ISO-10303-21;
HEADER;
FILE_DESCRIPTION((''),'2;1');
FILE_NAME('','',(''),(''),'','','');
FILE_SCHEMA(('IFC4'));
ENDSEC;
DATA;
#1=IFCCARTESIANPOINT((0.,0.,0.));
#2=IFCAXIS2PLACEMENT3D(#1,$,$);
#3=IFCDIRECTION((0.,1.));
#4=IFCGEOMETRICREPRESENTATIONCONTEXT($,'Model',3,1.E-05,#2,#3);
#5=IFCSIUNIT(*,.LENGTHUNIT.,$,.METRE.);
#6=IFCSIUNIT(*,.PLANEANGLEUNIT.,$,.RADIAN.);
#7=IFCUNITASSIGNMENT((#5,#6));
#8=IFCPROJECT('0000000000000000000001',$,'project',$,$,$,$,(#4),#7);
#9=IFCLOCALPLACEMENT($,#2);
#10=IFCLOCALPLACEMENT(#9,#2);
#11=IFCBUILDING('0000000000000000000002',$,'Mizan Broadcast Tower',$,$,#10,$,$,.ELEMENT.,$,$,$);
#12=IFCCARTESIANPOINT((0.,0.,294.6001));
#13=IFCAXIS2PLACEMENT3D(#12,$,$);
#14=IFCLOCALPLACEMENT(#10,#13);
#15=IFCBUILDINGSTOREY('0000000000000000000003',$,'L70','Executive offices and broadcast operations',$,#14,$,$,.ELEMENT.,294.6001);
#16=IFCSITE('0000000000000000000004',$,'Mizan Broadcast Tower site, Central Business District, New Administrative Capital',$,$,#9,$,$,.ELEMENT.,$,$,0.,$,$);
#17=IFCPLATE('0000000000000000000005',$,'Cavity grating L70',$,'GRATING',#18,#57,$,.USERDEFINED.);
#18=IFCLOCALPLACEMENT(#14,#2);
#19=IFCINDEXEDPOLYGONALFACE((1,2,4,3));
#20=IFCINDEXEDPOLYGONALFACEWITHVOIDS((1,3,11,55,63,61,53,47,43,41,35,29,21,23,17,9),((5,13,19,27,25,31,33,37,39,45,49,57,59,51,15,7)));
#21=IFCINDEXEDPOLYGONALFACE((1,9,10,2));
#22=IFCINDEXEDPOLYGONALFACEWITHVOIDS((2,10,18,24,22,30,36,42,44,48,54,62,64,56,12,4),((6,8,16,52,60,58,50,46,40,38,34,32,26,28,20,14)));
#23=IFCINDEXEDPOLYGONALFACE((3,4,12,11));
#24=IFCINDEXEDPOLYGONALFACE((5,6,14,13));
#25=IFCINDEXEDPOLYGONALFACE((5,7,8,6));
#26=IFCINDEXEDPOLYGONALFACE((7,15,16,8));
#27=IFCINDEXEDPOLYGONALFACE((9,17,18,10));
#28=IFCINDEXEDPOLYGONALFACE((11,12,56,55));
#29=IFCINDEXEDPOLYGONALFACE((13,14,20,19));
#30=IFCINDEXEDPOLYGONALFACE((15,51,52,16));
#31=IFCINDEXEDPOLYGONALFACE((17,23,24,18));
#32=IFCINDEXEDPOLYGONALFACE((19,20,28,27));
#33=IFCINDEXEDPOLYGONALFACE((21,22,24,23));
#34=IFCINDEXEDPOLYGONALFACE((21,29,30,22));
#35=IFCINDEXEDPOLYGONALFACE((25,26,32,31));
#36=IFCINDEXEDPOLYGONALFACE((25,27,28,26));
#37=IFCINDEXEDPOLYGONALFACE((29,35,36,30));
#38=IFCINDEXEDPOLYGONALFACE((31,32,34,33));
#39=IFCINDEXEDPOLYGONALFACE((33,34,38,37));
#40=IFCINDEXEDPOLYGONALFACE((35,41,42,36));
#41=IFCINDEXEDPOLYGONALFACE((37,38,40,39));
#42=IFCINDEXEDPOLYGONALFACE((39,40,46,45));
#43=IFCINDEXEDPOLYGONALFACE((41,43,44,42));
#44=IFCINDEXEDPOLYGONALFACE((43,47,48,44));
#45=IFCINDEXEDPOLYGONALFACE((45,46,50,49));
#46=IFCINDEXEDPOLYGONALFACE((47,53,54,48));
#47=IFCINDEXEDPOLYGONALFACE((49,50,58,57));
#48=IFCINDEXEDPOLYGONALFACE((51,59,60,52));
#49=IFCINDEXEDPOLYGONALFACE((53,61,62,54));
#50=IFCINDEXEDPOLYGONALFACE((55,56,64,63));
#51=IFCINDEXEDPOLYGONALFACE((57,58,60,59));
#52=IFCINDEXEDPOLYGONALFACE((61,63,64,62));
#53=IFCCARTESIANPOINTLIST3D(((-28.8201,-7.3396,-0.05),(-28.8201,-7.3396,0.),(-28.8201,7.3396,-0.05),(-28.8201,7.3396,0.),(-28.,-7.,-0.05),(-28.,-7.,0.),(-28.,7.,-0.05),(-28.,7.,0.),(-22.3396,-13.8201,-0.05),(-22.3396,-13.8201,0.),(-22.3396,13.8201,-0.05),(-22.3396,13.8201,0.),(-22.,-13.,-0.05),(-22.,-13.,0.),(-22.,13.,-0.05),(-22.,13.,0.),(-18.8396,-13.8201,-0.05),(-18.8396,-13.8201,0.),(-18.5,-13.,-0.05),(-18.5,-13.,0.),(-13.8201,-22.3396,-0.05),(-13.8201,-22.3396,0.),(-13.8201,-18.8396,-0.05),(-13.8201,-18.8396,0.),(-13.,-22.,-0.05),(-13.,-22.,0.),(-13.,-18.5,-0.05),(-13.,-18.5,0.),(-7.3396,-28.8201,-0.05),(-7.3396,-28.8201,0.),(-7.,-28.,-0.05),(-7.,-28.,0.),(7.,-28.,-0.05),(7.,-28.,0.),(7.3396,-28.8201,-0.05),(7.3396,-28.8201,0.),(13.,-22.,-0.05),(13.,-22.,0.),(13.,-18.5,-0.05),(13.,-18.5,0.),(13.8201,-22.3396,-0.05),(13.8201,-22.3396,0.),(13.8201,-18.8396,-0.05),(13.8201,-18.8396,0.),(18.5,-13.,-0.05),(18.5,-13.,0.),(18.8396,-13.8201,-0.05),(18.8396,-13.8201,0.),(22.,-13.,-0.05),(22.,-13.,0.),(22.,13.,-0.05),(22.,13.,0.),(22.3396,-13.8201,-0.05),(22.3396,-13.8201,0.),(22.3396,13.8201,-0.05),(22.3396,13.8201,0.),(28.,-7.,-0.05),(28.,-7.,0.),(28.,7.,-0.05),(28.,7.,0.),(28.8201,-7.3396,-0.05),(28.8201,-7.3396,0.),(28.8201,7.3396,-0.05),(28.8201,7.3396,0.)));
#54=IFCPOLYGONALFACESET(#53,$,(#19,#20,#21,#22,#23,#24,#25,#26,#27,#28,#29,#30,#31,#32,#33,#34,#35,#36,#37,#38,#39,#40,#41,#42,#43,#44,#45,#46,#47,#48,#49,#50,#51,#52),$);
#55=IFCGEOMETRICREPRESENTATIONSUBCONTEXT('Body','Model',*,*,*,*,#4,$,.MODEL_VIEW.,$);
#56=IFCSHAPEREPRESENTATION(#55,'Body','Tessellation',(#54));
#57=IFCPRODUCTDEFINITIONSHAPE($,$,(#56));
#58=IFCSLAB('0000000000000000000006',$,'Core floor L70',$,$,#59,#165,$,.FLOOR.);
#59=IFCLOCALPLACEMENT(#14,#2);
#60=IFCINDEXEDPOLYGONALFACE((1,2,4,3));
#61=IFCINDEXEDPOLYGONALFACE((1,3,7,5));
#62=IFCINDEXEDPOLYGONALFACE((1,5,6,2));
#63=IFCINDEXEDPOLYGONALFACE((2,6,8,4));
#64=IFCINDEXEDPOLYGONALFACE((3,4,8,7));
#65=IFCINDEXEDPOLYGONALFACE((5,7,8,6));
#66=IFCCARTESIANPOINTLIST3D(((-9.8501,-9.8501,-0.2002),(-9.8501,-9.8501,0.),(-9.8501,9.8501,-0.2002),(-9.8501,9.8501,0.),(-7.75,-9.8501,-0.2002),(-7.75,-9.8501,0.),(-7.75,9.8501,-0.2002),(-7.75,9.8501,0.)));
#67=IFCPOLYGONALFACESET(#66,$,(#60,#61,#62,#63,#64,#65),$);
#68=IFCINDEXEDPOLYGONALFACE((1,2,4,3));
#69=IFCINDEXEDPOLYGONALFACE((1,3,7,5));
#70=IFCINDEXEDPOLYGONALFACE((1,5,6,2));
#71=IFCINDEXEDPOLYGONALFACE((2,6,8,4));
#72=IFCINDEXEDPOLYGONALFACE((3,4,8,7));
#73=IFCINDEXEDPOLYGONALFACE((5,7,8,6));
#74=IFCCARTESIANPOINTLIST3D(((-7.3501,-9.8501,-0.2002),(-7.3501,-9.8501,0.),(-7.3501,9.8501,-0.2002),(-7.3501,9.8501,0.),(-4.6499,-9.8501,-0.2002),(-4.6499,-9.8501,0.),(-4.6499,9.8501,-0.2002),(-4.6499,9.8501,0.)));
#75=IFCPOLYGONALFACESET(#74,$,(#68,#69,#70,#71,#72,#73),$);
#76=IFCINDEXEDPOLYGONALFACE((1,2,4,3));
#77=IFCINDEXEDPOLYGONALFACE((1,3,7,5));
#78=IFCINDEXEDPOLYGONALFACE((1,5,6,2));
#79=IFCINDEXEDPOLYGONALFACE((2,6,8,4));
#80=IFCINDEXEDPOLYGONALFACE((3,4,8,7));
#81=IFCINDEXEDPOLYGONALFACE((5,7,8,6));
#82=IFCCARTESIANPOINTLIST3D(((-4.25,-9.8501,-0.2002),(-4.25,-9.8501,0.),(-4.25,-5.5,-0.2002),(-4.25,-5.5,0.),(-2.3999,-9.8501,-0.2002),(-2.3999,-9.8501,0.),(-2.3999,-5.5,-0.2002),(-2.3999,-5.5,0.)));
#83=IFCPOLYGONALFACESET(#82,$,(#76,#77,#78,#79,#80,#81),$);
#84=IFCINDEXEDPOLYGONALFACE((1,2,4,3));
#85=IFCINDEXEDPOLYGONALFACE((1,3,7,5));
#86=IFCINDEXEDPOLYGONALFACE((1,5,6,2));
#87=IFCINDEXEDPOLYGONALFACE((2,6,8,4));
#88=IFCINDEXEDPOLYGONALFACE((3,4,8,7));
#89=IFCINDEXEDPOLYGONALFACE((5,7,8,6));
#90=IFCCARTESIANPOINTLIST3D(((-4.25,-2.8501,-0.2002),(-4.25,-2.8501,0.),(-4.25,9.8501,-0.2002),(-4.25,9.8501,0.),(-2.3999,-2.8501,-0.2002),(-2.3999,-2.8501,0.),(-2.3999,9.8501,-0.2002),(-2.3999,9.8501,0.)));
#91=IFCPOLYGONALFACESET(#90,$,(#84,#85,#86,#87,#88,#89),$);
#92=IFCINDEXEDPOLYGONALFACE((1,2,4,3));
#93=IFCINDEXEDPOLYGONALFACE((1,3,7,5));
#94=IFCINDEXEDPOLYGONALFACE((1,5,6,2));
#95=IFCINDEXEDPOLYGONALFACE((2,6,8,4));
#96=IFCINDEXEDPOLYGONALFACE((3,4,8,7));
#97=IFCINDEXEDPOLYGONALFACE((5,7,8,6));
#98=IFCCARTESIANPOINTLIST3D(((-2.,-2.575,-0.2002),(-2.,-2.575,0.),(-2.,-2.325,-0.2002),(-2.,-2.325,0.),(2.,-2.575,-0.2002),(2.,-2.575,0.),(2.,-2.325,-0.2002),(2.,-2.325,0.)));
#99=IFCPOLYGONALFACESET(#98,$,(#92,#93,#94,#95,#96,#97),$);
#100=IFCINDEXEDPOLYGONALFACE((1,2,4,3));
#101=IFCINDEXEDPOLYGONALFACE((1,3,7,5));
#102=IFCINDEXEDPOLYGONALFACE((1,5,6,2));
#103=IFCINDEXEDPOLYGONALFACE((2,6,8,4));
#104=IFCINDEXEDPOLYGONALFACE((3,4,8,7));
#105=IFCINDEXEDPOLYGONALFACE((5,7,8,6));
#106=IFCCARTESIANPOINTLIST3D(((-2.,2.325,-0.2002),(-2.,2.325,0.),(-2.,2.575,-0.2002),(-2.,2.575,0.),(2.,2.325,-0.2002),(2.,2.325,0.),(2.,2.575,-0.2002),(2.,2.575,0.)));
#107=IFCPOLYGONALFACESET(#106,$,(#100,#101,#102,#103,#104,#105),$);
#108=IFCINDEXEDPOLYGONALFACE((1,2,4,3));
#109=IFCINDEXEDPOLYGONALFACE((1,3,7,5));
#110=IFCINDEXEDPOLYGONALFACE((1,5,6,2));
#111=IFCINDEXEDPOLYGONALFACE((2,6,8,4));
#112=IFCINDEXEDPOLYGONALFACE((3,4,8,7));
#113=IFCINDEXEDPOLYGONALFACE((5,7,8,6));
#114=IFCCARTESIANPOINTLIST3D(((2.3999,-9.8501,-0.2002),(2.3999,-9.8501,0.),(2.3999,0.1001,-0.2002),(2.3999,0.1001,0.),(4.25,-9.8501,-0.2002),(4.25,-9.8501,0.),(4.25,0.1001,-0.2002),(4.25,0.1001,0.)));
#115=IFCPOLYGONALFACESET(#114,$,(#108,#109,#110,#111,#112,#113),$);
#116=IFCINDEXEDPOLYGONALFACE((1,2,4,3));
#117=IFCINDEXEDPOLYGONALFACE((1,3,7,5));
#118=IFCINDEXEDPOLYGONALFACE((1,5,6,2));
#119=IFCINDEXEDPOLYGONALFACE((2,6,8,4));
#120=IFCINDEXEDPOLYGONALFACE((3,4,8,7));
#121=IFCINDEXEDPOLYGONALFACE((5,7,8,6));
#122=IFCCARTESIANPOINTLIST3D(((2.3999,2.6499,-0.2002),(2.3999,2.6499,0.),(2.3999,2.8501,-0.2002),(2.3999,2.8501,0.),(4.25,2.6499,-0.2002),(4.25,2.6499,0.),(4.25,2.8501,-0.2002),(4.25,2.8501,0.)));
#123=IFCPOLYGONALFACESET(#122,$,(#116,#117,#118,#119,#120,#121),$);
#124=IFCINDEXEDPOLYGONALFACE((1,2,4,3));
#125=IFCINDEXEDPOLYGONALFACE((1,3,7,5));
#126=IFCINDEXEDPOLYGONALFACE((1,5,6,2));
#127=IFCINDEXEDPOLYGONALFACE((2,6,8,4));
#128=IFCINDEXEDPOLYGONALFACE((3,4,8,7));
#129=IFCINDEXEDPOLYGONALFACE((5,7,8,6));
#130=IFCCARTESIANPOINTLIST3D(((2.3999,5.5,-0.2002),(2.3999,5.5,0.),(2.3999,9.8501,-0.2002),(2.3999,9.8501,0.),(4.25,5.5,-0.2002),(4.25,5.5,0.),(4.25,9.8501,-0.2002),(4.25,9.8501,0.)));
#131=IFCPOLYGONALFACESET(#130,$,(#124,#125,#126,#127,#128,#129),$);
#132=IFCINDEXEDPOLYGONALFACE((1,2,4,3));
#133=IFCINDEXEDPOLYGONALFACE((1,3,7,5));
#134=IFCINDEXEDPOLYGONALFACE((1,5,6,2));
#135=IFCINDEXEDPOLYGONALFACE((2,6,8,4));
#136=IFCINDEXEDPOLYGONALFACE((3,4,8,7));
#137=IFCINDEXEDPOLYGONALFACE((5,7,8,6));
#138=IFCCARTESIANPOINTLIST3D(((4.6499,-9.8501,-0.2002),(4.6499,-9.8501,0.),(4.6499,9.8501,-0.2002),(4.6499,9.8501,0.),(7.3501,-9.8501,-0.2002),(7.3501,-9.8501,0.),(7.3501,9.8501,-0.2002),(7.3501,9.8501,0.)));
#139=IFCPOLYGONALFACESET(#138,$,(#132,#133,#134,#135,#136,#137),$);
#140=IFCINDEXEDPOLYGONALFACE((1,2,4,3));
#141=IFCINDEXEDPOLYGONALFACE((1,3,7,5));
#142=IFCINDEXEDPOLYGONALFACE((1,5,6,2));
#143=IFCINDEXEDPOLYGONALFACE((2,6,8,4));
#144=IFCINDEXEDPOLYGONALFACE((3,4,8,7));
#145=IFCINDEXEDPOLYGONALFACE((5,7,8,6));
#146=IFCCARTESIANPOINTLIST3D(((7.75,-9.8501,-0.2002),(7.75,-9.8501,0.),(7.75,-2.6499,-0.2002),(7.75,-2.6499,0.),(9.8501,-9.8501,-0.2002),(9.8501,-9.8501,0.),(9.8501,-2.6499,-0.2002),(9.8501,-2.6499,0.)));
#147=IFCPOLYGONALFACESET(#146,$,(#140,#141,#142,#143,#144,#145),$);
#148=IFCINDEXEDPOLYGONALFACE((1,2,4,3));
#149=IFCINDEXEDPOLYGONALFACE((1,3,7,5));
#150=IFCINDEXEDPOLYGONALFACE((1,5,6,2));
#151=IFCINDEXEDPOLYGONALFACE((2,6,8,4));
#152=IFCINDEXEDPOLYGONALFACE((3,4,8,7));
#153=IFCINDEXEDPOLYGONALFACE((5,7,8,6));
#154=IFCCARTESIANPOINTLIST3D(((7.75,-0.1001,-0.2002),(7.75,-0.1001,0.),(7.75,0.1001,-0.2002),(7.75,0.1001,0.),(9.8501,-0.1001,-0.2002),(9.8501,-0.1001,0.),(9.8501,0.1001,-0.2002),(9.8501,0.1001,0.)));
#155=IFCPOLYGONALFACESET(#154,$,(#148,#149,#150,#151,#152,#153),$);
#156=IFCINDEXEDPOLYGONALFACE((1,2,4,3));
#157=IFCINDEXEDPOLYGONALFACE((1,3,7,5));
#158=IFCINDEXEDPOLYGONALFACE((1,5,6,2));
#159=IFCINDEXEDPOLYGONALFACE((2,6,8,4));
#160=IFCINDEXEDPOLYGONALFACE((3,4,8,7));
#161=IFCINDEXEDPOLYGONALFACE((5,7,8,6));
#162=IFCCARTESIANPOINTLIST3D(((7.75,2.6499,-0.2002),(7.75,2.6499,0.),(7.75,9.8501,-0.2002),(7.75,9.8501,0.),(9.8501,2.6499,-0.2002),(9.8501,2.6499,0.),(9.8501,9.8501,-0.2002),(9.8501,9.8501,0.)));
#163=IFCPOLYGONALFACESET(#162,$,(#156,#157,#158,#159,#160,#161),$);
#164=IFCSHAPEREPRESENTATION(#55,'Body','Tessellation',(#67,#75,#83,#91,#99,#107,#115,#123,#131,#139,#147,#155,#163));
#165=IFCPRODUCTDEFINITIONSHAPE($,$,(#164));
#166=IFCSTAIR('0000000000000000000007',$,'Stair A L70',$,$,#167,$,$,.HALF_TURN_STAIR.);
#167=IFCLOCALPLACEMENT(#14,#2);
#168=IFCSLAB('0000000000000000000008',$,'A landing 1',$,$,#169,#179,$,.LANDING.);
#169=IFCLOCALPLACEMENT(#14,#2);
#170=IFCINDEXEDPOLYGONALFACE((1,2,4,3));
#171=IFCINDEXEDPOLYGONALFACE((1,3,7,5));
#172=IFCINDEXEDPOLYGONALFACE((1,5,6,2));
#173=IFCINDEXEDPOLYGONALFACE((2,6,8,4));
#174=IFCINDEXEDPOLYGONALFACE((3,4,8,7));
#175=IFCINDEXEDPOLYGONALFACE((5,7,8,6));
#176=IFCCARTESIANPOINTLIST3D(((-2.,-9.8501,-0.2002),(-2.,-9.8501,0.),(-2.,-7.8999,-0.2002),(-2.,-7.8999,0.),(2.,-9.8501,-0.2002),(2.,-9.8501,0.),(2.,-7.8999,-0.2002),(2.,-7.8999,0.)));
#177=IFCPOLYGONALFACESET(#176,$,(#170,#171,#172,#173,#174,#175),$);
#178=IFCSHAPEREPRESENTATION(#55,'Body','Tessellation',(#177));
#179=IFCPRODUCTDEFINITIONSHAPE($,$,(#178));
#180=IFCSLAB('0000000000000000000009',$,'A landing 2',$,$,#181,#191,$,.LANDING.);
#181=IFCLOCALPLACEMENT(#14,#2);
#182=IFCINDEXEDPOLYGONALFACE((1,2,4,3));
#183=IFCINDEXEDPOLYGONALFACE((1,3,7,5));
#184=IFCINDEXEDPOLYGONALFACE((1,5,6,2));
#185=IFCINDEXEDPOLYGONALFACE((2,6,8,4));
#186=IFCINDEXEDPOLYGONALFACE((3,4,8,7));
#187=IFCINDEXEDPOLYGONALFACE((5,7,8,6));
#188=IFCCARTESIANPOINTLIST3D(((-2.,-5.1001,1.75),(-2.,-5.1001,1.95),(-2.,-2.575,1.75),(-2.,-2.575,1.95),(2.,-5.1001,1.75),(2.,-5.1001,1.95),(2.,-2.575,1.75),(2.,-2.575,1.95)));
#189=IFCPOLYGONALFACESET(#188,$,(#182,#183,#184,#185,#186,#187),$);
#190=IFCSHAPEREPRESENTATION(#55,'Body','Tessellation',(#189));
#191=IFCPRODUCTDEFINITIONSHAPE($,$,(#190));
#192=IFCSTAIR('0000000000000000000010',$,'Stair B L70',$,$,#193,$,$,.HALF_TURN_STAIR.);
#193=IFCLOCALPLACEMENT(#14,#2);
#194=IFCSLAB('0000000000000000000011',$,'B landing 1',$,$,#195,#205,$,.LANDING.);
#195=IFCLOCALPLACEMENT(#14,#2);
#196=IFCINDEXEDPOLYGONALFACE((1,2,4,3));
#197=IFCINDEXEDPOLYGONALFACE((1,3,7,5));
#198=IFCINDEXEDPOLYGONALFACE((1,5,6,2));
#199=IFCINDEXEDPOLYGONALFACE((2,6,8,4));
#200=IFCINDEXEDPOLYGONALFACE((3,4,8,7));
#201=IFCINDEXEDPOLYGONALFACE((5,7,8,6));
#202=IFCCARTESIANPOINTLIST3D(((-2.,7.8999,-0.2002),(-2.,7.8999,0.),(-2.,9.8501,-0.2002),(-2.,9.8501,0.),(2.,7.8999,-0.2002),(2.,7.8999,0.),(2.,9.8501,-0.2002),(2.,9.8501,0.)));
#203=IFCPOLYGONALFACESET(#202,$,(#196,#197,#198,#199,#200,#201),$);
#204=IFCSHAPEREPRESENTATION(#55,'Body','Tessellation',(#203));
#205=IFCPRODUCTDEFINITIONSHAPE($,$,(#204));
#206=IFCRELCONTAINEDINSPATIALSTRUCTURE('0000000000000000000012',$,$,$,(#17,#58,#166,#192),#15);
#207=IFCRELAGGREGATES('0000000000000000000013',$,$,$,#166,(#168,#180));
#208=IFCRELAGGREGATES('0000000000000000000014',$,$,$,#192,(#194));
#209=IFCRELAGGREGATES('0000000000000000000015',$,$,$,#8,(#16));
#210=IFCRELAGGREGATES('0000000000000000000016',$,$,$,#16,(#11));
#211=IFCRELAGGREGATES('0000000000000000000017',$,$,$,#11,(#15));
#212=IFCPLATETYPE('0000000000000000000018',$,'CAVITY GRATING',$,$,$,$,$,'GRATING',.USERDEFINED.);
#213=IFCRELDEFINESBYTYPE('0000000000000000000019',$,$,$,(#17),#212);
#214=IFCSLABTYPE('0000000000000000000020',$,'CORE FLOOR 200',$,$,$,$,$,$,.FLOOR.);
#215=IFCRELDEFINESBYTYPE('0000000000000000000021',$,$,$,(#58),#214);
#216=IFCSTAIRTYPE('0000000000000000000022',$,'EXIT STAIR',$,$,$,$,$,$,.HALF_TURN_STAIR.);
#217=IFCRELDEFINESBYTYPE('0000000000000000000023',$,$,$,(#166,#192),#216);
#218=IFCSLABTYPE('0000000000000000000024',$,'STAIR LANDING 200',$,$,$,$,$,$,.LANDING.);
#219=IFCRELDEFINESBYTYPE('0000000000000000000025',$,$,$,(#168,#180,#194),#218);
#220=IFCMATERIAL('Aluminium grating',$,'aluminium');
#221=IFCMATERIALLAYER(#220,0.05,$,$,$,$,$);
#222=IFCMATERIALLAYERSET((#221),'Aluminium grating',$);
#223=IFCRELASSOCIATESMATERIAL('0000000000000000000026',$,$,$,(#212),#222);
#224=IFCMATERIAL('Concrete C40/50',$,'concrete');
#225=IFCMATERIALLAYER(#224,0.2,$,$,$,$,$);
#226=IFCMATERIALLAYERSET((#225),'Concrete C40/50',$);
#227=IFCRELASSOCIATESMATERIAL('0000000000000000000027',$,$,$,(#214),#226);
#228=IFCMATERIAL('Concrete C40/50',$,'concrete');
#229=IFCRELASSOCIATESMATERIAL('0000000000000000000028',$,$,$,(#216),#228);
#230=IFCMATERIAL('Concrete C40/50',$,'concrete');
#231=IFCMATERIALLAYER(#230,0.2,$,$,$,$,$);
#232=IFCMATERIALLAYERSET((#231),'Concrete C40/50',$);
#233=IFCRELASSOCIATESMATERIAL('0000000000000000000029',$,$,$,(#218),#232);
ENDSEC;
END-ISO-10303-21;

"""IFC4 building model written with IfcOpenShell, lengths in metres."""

from ifc_helpers import new_model, si_unit, direction, frame, origin, place, context, subcontext, project, spatial, polyline, outline, extrude, material, layer, layer_set, type_object, element, aggregate, save


model = new_model("IFC4")

# Units and contexts
model_context = context("Model", 3, precision=1e-05, world=origin(), true_north=direction((0.0, 1.0)))
body_context = subcontext(model_context, "Body", "Model", "MODEL_VIEW")
ifc_project = project(units=[si_unit("LENGTHUNIT", "METRE"), si_unit("PLANEANGLEUNIT", "RADIAN")], contexts=[model_context])

# Site, building, storey
site_placement = place(None, origin())
site = spatial("IfcSite", under=ifc_project, at=site_placement, Name="Mizan Broadcast Tower site, Central Business District, New Administrative Capital", CompositionType="ELEMENT", RefElevation=0.0)
building_placement = place(site_placement, origin())
building = spatial("IfcBuilding", under=site, at=building_placement, Name="Mizan Broadcast Tower", CompositionType="ELEMENT")
storey_placement = place(building_placement, frame((0.0, 0.0, 294.6001)))
storey = spatial("IfcBuildingStorey", under=building, at=storey_placement, Name="L70", Description="Executive offices and broadcast operations", CompositionType="ELEMENT", Elevation=294.6001)

# Plate
ifc_material_1 = material(Name="Aluminium grating", Category="aluminium")
ifc_layer_1 = layer(ifc_material_1, 0.05)
ifc_layer_set_1 = layer_set([ifc_layer_1], Name="Aluminium grating")
plate_type = type_object("IfcPlateType", Name="CAVITY GRATING", ElementType="GRATING", PredefinedType="USERDEFINED", material=ifc_layer_set_1)
plate_placement = place(storey_placement, frame((0.0, 0.0, -0.05)))
element("IfcPlate", 1, at=plate_placement, inside=storey, type_object=plate_type, Name="Cavity grating L70", ObjectType="GRATING", PredefinedType="USERDEFINED", context=body_context, shape_type="SweptSolid", body=[
    extrude(outline(polyline([(-22.3396, 13.8201), (-28.8201, 7.3396), (-28.8201, -7.3396), (-22.3396, -13.8201), (-18.8396, -13.8201), (-13.8201, -18.8396), (-13.8201, -22.3396), (-7.3396, -28.8201), (7.3396, -28.8201), (13.8201, -22.3396), (13.8201, -18.8396), (18.8396, -13.8201), (22.3396, -13.8201), (28.8201, -7.3396), (28.8201, 7.3396), (22.3396, 13.8201), (-22.3396, 13.8201)]), holes=[polyline([(-18.5, -13.0), (-22.0, -13.0), (-28.0, -7.0), (-28.0, 7.0), (-22.0, 13.0), (22.0, 13.0), (28.0, 7.0), (28.0, -7.0), (22.0, -13.0), (18.5, -13.0), (13.0, -18.5), (13.0, -22.0), (7.0, -28.0), (-7.0, -28.0), (-13.0, -22.0), (-13.0, -18.5), (-18.5, -13.0)])]), origin(), (0.0, 0.0, 1.0), 0.05),
])

# Slab
ifc_material_2 = material(Name="Concrete C40/50", Category="concrete")
ifc_layer_2 = layer(ifc_material_2, 0.2)
ifc_layer_set_2 = layer_set([ifc_layer_2], Name="Concrete C40/50")
slab_type_1 = type_object("IfcSlabType", Name="CORE FLOOR 200", PredefinedType="FLOOR", material=ifc_layer_set_2)
slab_1_placement = place(storey_placement, frame((0.0, 0.0, -0.2002)))
element("IfcSlab", 2, at=slab_1_placement, inside=storey, type_object=slab_type_1, Name="Core floor L70", PredefinedType="FLOOR", context=body_context, shape_type="SweptSolid", body=[
    extrude(outline(polyline([(-9.8501, -9.8501), (-7.75, -9.8501), (-7.75, 9.8501), (-9.8501, 9.8501), (-9.8501, -9.8501)])), origin(), (0.0, 0.0, 1.0), 0.2002),
    extrude(outline(polyline([(-4.6499, 9.8501), (-7.3501, 9.8501), (-7.3501, -9.8501), (-4.6499, -9.8501), (-4.6499, 9.8501)])), origin(), (0.0, 0.0, 1.0), 0.2002),
    extrude(outline(polyline([(-4.25, -5.5), (-4.25, -9.8501), (-2.3999, -9.8501), (-2.3999, -5.5), (-4.25, -5.5)])), origin(), (0.0, 0.0, 1.0), 0.2002),
    extrude(outline(polyline([(-4.25, -2.8501), (-2.3999, -2.8501), (-2.3999, 9.8501), (-4.25, 9.8501), (-4.25, -2.8501)])), origin(), (0.0, 0.0, 1.0), 0.2002),
    extrude(outline(polyline([(2.0, -2.325), (-2.0, -2.325), (-2.0, -2.575), (2.0, -2.575), (2.0, -2.325)])), origin(), (0.0, 0.0, 1.0), 0.2002),
    extrude(outline(polyline([(2.0, 2.575), (-2.0, 2.575), (-2.0, 2.325), (2.0, 2.325), (2.0, 2.575)])), origin(), (0.0, 0.0, 1.0), 0.2002),
    extrude(outline(polyline([(4.25, -9.8501), (4.25, 0.1001), (2.3999, 0.1001), (2.3999, -9.8501), (4.25, -9.8501)])), origin(), (0.0, 0.0, 1.0), 0.2002),
    extrude(outline(polyline([(4.25, 2.6499), (4.25, 2.8501), (2.3999, 2.8501), (2.3999, 2.6499), (4.25, 2.6499)])), origin(), (0.0, 0.0, 1.0), 0.2002),
    extrude(outline(polyline([(4.25, 5.5), (4.25, 9.8501), (2.3999, 9.8501), (2.3999, 5.5), (4.25, 5.5)])), origin(), (0.0, 0.0, 1.0), 0.2002),
    extrude(outline(polyline([(4.6499, 9.8501), (4.6499, -9.8501), (7.3501, -9.8501), (7.3501, 9.8501), (4.6499, 9.8501)])), origin(), (0.0, 0.0, 1.0), 0.2002),
    extrude(outline(polyline([(9.8501, -9.8501), (9.8501, -2.6499), (7.75, -2.6499), (7.75, -9.8501), (9.8501, -9.8501)])), origin(), (0.0, 0.0, 1.0), 0.2002),
    extrude(outline(polyline([(9.8501, -0.1001), (9.8501, 0.1001), (7.75, 0.1001), (7.75, -0.1001), (9.8501, -0.1001)])), origin(), (0.0, 0.0, 1.0), 0.2002),
    extrude(outline(polyline([(7.75, 9.8501), (7.75, 2.6499), (9.8501, 2.6499), (9.8501, 9.8501), (7.75, 9.8501)])), origin(), (0.0, 0.0, 1.0), 0.2002),
])

# Stairs, slabs
ifc_material_3 = material(Name="Concrete C40/50", Category="concrete")
stair_type = type_object("IfcStairType", Name="EXIT STAIR", PredefinedType="HALF_TURN_STAIR", material=ifc_material_3)
stair_1_placement = place(storey_placement, origin())
stair_1 = element("IfcStair", 3, at=stair_1_placement, inside=storey, type_object=stair_type, Name="Stair A L70", PredefinedType="HALF_TURN_STAIR")
ifc_material_4 = material(Name="Concrete C40/50", Category="concrete")
ifc_layer_3 = layer(ifc_material_4, 0.2)
ifc_layer_set_3 = layer_set([ifc_layer_3], Name="Concrete C40/50")
slab_type_2 = type_object("IfcSlabType", Name="STAIR LANDING 200", PredefinedType="LANDING", material=ifc_layer_set_3)
slab_2_placement = place(storey_placement, frame((0.0, 0.0, -0.2002)))
slab_2 = element("IfcSlab", 4, at=slab_2_placement, type_object=slab_type_2, Name="A landing 1", PredefinedType="LANDING", context=body_context, shape_type="SweptSolid", body=[
    extrude(outline(polyline([(-2.0, -9.8501), (-2.0, -7.8999), (2.0, -7.8999), (2.0, -9.8501), (-2.0, -9.8501)])), origin(), (0.0, 0.0, 1.0), 0.2002),
])
slab_3_placement = place(storey_placement, frame((0.0, 0.0, 1.75)))
slab_3 = element("IfcSlab", 5, at=slab_3_placement, type_object=slab_type_2, Name="A landing 2", PredefinedType="LANDING", context=body_context, shape_type="SweptSolid", body=[
    extrude(outline(polyline([(-2.0, -5.1001), (-2.0, -2.575), (2.0, -2.575), (2.0, -5.1001), (-2.0, -5.1001)])), origin(), (0.0, 0.0, 1.0), 0.2),
])
aggregate(stair_1, [slab_2, slab_3])
stair_2_placement = place(storey_placement, origin())
stair_2 = element("IfcStair", 6, at=stair_2_placement, inside=storey, type_object=stair_type, Name="Stair B L70", PredefinedType="HALF_TURN_STAIR")
slab_4_placement = place(storey_placement, frame((0.0, 0.0, -0.2002)))
slab_4 = element("IfcSlab", 7, at=slab_4_placement, type_object=slab_type_2, Name="B landing 1", PredefinedType="LANDING", context=body_context, shape_type="SweptSolid", body=[
    extrude(outline(polyline([(2.0, 9.8501), (2.0, 7.8999), (-2.0, 7.8999), (-2.0, 9.8501), (2.0, 9.8501)])), origin(), (0.0, 0.0, 1.0), 0.2002),
])

aggregate(stair_2, [slab_4])

save(model, "model.ifc")
